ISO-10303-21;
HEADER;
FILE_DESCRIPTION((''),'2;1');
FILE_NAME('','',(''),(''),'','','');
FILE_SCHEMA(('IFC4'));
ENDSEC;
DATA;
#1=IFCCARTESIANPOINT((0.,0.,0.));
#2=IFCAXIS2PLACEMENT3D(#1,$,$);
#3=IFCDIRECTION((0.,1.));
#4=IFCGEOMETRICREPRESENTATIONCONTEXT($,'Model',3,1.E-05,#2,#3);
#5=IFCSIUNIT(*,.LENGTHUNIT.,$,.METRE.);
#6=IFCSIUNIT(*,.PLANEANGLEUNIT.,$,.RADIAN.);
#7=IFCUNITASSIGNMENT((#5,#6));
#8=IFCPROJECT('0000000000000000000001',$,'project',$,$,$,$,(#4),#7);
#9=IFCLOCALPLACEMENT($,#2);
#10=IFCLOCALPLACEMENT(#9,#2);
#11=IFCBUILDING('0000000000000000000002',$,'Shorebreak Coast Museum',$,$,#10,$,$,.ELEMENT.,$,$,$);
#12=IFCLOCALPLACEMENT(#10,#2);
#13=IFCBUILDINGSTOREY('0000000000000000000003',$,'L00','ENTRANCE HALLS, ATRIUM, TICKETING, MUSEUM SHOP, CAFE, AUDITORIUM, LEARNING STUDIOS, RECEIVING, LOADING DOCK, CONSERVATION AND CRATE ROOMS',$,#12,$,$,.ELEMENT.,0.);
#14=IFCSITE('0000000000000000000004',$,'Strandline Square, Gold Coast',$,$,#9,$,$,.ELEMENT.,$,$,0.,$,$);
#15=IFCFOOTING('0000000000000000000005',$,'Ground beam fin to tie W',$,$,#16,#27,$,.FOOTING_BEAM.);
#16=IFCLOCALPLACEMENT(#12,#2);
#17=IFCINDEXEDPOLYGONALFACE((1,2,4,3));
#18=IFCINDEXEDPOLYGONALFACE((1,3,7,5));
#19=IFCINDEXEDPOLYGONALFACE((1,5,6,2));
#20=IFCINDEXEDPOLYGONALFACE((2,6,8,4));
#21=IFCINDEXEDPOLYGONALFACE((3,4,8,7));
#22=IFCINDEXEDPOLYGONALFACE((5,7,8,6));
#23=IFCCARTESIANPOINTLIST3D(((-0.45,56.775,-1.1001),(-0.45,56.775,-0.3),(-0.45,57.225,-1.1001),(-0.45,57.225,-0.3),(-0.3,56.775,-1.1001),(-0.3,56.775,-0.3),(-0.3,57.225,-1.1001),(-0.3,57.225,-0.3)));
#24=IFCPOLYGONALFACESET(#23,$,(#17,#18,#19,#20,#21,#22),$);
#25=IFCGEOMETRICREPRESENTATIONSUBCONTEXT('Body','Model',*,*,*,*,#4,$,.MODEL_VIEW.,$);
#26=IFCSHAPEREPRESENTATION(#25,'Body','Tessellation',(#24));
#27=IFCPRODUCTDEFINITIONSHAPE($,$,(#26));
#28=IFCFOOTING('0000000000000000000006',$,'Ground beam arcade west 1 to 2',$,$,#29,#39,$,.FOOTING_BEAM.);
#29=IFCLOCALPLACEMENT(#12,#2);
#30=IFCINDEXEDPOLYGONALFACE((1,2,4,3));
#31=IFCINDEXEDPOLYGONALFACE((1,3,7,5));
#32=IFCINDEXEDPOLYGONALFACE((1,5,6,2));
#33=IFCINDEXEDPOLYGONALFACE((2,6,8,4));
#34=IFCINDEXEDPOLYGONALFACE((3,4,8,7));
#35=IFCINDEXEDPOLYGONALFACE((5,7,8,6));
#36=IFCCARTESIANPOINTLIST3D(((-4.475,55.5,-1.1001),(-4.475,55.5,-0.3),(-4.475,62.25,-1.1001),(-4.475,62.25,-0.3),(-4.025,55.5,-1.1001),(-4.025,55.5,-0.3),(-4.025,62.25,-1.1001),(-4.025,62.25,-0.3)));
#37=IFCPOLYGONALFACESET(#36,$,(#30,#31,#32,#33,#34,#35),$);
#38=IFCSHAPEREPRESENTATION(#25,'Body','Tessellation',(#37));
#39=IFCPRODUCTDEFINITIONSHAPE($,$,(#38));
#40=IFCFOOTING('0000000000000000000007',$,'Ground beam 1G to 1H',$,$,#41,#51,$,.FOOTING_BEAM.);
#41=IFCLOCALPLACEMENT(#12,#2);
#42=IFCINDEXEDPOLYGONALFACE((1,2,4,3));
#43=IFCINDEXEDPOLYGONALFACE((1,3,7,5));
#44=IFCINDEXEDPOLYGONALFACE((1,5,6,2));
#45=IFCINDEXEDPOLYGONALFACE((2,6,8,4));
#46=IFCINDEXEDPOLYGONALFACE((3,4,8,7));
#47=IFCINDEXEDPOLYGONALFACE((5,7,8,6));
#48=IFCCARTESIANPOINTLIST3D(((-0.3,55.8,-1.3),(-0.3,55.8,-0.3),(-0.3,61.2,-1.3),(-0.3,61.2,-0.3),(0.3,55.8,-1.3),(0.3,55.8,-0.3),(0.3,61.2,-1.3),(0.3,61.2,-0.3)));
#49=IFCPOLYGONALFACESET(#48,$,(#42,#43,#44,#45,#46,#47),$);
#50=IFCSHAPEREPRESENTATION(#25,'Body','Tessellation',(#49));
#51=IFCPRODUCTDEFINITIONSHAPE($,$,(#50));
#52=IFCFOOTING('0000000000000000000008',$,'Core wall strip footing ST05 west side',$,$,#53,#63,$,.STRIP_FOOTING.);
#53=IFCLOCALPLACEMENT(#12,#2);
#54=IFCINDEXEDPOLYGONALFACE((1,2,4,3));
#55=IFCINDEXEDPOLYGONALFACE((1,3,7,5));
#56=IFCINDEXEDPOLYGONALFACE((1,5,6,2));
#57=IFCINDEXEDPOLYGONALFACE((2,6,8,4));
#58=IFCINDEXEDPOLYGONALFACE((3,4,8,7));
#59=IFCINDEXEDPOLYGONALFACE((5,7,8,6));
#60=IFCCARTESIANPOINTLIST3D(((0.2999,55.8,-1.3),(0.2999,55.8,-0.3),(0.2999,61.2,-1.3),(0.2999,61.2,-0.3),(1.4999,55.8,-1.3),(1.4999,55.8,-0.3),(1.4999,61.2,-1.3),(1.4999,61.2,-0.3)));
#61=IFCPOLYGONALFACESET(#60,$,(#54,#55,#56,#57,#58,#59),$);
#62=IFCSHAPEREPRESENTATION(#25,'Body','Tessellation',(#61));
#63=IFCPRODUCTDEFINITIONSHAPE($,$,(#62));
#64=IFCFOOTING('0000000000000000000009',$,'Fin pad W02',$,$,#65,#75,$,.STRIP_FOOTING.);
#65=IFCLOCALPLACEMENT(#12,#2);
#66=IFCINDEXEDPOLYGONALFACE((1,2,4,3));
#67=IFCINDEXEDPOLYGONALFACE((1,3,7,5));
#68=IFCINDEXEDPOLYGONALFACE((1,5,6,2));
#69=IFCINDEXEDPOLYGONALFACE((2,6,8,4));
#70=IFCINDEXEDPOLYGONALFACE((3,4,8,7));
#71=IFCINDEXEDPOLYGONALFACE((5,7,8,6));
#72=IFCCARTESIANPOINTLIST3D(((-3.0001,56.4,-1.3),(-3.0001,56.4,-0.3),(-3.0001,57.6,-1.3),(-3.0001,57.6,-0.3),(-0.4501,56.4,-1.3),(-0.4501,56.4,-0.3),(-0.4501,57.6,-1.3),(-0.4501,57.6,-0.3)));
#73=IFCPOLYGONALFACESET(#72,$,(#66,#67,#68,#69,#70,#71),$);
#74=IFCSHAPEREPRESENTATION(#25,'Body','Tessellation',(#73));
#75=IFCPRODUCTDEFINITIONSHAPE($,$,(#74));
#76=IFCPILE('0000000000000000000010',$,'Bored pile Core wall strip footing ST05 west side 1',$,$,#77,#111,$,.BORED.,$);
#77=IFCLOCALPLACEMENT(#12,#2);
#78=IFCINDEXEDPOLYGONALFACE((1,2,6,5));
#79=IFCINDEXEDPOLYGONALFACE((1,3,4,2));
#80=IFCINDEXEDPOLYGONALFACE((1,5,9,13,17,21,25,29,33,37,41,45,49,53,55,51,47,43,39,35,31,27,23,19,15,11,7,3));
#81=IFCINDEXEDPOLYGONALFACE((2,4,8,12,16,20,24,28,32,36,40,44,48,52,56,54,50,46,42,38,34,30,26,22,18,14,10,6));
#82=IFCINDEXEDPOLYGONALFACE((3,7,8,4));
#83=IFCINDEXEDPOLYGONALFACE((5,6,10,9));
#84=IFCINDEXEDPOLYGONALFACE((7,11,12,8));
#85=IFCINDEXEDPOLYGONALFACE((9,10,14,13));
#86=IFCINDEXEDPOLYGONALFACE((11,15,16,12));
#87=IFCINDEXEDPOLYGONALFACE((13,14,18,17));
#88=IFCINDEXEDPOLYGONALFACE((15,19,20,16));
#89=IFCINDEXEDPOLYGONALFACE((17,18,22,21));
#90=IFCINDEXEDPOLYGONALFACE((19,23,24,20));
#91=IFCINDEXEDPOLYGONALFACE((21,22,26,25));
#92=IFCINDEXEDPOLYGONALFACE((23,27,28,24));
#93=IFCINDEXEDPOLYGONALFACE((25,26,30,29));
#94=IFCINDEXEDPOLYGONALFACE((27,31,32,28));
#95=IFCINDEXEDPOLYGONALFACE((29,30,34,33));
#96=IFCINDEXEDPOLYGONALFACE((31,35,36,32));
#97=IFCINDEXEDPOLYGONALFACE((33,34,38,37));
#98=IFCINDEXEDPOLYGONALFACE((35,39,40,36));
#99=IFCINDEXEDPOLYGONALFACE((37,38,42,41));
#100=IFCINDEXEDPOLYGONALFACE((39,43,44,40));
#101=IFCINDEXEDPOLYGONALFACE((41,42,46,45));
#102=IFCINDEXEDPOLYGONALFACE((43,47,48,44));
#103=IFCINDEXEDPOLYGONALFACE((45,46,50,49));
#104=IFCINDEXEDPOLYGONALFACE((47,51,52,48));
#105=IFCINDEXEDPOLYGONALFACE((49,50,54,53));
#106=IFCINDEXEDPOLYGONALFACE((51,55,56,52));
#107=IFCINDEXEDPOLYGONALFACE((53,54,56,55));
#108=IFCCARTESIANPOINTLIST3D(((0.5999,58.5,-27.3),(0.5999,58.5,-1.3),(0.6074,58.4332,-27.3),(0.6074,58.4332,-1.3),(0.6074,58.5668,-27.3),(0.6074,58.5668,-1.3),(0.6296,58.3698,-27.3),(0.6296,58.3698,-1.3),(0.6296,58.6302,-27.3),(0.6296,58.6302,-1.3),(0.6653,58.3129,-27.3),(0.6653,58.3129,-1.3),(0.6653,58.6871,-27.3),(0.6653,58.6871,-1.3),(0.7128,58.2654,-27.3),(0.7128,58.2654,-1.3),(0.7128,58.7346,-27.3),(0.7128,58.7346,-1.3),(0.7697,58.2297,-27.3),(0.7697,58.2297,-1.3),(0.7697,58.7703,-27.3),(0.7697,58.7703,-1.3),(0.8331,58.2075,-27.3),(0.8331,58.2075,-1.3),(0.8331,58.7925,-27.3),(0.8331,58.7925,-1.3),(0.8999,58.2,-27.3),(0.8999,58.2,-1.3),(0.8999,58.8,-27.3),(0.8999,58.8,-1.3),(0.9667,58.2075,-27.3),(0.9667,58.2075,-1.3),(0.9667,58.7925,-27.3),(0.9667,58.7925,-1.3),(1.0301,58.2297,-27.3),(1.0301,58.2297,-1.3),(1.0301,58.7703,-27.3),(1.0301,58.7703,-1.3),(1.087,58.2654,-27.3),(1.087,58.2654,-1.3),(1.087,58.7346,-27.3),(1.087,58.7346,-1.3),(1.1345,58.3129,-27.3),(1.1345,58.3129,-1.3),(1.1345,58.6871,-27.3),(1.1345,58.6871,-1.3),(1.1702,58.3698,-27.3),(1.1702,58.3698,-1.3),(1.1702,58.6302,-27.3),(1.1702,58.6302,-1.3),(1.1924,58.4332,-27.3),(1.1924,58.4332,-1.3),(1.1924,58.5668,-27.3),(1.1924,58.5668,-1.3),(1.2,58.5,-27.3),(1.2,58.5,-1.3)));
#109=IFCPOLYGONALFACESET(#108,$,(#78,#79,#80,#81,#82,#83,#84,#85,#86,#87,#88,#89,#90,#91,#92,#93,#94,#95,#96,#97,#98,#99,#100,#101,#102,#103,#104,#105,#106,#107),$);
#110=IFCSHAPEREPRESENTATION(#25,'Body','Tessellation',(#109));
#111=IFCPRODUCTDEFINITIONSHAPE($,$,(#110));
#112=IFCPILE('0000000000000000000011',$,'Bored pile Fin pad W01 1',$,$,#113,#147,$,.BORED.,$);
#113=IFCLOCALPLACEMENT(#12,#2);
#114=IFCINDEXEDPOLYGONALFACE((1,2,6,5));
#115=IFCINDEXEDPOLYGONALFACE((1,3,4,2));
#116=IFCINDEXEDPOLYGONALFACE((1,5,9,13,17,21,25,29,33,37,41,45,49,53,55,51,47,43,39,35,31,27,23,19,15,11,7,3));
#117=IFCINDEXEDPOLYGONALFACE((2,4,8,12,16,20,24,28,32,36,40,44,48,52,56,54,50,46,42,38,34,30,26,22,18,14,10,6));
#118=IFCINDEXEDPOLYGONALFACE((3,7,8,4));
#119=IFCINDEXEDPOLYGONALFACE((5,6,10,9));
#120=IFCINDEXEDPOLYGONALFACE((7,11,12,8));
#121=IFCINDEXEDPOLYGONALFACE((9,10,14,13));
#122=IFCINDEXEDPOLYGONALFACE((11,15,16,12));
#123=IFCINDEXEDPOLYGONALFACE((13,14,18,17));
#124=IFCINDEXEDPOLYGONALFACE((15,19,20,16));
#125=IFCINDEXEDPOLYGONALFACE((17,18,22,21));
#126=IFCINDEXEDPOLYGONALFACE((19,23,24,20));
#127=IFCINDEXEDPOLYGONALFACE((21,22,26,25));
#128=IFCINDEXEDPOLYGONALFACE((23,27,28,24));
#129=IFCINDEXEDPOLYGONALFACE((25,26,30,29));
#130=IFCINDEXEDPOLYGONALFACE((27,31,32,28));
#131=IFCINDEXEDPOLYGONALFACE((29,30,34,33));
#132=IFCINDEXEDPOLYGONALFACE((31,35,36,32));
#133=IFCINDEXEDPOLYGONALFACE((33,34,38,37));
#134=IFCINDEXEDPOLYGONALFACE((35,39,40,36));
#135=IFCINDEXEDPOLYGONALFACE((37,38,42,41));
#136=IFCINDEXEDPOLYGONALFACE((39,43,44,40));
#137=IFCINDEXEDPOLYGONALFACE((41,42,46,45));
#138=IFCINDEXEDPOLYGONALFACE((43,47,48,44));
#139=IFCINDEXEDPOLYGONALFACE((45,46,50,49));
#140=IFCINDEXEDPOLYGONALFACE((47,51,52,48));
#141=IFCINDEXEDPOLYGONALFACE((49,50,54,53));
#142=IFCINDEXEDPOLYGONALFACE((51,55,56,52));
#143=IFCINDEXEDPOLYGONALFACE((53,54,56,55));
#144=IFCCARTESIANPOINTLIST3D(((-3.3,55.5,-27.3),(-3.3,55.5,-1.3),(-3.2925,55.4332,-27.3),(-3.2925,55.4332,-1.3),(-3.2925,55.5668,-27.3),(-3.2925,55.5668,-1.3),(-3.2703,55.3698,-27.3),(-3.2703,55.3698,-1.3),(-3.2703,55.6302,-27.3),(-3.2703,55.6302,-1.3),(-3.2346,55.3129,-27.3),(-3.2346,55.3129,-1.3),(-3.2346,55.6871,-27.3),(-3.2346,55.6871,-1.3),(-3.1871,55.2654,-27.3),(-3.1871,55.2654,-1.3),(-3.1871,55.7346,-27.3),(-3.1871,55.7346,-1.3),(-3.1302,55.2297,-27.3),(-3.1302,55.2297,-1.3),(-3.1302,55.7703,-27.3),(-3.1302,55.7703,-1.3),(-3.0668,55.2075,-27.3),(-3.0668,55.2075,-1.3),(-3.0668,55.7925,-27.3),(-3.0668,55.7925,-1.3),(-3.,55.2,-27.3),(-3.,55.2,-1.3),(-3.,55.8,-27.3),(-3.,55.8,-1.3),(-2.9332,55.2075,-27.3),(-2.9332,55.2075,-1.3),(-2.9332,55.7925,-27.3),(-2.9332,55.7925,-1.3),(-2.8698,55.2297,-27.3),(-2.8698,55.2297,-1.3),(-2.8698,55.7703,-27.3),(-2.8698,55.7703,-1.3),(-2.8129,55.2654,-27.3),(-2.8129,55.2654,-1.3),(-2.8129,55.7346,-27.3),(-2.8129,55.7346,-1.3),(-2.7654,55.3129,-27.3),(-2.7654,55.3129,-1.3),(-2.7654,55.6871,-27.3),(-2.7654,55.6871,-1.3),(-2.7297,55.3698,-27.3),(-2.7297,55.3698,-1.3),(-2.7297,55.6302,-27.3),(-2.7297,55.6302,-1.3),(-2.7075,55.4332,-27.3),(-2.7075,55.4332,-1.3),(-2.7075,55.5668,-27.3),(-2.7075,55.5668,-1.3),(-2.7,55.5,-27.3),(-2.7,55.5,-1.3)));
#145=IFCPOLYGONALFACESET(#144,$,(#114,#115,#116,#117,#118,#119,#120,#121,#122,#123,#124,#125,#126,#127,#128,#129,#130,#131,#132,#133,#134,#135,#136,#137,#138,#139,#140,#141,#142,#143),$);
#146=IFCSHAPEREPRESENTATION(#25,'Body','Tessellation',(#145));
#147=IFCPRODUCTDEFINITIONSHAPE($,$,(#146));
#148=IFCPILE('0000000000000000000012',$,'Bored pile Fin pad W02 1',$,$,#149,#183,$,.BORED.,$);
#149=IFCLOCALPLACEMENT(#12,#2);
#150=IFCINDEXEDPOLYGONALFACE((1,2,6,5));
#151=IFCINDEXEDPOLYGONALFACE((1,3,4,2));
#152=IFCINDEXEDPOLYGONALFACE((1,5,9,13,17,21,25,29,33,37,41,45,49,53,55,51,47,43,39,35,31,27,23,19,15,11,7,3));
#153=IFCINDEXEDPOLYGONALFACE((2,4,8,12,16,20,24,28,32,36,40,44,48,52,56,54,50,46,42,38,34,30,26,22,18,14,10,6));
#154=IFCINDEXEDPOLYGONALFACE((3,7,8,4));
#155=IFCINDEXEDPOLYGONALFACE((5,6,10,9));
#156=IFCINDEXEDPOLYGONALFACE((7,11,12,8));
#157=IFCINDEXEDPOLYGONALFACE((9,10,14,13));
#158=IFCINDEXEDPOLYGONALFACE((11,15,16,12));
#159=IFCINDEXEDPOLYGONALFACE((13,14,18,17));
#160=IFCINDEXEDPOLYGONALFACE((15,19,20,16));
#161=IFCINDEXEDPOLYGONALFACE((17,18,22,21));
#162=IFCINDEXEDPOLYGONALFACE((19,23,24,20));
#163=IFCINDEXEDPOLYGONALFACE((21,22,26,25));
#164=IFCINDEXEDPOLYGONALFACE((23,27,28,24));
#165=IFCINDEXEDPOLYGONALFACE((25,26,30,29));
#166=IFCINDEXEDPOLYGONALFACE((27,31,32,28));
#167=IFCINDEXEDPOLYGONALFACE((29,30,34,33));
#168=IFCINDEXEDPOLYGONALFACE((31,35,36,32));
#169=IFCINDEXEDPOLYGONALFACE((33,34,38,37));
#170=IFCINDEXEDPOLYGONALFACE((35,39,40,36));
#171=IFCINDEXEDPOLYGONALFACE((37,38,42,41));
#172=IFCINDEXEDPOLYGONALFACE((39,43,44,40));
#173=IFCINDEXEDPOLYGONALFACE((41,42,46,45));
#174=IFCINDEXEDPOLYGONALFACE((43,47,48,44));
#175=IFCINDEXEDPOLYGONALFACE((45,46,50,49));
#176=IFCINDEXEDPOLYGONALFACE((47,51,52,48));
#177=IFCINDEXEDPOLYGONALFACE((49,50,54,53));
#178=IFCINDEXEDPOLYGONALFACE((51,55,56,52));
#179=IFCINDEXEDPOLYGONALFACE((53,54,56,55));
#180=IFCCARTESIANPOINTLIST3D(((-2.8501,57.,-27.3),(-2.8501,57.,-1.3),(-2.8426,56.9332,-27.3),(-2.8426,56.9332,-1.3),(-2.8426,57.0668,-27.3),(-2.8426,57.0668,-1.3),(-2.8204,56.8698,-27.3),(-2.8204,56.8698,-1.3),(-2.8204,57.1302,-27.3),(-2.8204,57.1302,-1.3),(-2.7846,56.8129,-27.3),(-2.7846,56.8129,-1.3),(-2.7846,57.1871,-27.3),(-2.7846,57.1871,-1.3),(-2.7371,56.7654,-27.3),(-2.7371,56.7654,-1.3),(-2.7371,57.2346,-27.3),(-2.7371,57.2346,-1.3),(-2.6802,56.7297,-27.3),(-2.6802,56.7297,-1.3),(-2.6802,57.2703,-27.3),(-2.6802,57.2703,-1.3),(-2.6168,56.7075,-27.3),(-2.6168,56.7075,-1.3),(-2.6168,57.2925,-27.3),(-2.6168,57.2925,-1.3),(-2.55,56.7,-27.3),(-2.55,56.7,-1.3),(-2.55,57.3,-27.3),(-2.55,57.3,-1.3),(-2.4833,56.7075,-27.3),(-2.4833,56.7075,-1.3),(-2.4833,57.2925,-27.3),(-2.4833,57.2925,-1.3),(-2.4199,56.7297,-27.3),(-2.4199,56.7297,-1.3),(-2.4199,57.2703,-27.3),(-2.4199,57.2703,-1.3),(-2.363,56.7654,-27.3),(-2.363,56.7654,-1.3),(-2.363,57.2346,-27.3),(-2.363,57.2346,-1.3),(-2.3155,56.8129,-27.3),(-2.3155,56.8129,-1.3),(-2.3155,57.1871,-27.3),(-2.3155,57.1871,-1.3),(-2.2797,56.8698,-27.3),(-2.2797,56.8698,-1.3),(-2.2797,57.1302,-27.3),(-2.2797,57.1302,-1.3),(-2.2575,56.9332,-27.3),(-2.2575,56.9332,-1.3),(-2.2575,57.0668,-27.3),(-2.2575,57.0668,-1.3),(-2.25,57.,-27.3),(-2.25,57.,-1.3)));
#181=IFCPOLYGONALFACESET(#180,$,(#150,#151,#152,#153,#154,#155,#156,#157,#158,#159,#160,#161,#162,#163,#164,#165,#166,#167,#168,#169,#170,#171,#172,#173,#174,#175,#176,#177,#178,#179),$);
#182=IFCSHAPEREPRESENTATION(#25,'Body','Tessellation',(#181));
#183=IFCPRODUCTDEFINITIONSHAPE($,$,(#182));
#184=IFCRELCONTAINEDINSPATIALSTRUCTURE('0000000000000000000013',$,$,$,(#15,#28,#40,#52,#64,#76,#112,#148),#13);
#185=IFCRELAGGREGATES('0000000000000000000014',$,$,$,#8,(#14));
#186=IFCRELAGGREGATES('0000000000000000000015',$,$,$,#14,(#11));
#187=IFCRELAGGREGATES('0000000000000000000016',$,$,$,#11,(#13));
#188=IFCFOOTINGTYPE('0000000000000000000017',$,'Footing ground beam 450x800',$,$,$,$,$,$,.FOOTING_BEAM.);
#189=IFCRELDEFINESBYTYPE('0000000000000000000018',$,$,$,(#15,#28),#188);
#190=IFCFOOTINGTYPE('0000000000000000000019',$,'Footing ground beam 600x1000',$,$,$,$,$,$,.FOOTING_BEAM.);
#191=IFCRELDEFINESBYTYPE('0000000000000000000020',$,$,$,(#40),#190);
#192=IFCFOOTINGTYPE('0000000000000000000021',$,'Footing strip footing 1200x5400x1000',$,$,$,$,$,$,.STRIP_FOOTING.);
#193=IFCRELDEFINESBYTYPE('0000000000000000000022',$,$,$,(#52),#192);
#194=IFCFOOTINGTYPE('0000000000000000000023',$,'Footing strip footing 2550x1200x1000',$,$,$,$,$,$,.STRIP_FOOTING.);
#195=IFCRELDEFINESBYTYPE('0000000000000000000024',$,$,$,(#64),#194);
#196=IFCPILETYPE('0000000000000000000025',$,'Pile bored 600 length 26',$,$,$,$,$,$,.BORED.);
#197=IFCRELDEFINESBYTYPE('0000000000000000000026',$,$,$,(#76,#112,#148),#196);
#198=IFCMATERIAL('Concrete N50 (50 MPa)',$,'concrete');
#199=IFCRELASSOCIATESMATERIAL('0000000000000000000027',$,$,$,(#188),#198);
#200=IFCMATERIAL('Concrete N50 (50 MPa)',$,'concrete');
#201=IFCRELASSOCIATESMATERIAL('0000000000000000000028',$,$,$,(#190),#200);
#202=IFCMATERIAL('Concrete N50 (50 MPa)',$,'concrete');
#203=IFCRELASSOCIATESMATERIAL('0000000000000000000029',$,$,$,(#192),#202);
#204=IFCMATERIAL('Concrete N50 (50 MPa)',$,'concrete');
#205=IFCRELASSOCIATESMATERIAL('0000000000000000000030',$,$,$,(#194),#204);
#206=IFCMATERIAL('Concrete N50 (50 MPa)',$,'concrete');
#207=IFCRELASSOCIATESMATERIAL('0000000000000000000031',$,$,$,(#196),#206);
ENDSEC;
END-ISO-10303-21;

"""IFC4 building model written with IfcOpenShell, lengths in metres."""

from ifc_helpers import new_model, si_unit, direction, frame, origin, origin_2d, place, context, subcontext, project, spatial, rectangle, circle, extrude, material, material_profile, profile_set, type_object, element, save


model = new_model("IFC4")

# Units and contexts
model_context = context("Model", 3, precision=1e-05, world=origin(), true_north=direction((0.0, 1.0)))
body_context = subcontext(model_context, "Body", "Model", "MODEL_VIEW")
ifc_project = project(units=[si_unit("LENGTHUNIT", "METRE"), si_unit("PLANEANGLEUNIT", "RADIAN")], contexts=[model_context])

# Site, building, storey
site_placement = place(None, origin())
site = spatial("IfcSite", under=ifc_project, at=site_placement, Name="Strandline Square, Gold Coast", CompositionType="ELEMENT", RefElevation=0.0)
building_placement = place(site_placement, origin())
building = spatial("IfcBuilding", under=site, at=building_placement, Name="Shorebreak Coast Museum", CompositionType="ELEMENT")
storey_placement = place(building_placement, origin())
storey = spatial("IfcBuildingStorey", under=building, at=storey_placement, Name="L00", Description="ENTRANCE HALLS, ATRIUM, TICKETING, MUSEUM SHOP, CAFE, AUDITORIUM, LEARNING STUDIOS, RECEIVING, LOADING DOCK, CONSERVATION AND CRATE ROOMS", CompositionType="ELEMENT", Elevation=0.0)

# Footings
ifc_material_1 = material(Name="Concrete N50 (50 MPa)", Category="concrete")
footing_type_1 = type_object("IfcFootingType", Name="Footing ground beam 450x800", PredefinedType="FOOTING_BEAM", material=ifc_material_1)
footing_1_placement = place(storey_placement, frame((-0.375, 57.0, -1.1001), z_axis=(0.0, 0.0, 1.0), x_axis=(1.0, 0.0, 0.0)))
element("IfcFooting", 1, at=footing_1_placement, inside=storey, type_object=footing_type_1, Name="Ground beam fin to tie W", PredefinedType="FOOTING_BEAM", context=body_context, shape_type="SweptSolid", body=[
    extrude(rectangle(XDim=0.1499, YDim=0.45, at=origin_2d()), origin(), (0.0, 0.0, 1.0), 0.8),
])
footing_2_placement = place(storey_placement, frame((-4.25, 58.875, -1.1001), z_axis=(0.0, 0.0, 1.0), x_axis=(1.0, 0.0, 0.0)))
element("IfcFooting", 2, at=footing_2_placement, inside=storey, type_object=footing_type_1, Name="Ground beam arcade west 1 to 2", PredefinedType="FOOTING_BEAM", context=body_context, shape_type="SweptSolid", body=[
    extrude(rectangle(XDim=0.45, YDim=6.75, at=origin_2d()), origin(), (0.0, 0.0, 1.0), 0.8),
])
ifc_material_2 = material(Name="Concrete N50 (50 MPa)", Category="concrete")
footing_type_2 = type_object("IfcFootingType", Name="Footing ground beam 600x1000", PredefinedType="FOOTING_BEAM", material=ifc_material_2)
footing_3_placement = place(storey_placement, frame((0.0, 58.5, -1.3), z_axis=(0.0, 0.0, 1.0), x_axis=(1.0, 0.0, 0.0)))
element("IfcFooting", 3, at=footing_3_placement, inside=storey, type_object=footing_type_2, Name="Ground beam 1G to 1H", PredefinedType="FOOTING_BEAM", context=body_context, shape_type="SweptSolid", body=[
    extrude(rectangle(XDim=0.6001, YDim=5.3999, at=origin_2d()), origin(), (0.0, 0.0, 1.0), 1.0),
])
ifc_material_3 = material(Name="Concrete N50 (50 MPa)", Category="concrete")
footing_type_3 = type_object("IfcFootingType", Name="Footing strip footing 1200x5400x1000", PredefinedType="STRIP_FOOTING", material=ifc_material_3)
footing_4_placement = place(storey_placement, frame((0.8999, 58.5, -1.3), z_axis=(0.0, 0.0, 1.0), x_axis=(1.0, 0.0, 0.0)))
element("IfcFooting", 4, at=footing_4_placement, inside=storey, type_object=footing_type_3, Name="Core wall strip footing ST05 west side", PredefinedType="STRIP_FOOTING", context=body_context, shape_type="SweptSolid", body=[
    extrude(rectangle(XDim=1.2, YDim=5.3999, at=origin_2d()), origin(), (0.0, 0.0, 1.0), 1.0),
])
ifc_material_4 = material(Name="Concrete N50 (50 MPa)", Category="concrete")
footing_type_4 = type_object("IfcFootingType", Name="Footing strip footing 2550x1200x1000", PredefinedType="STRIP_FOOTING", material=ifc_material_4)
footing_5_placement = place(storey_placement, frame((-1.7251, 57.0, -1.3), z_axis=(0.0, 0.0, 1.0), x_axis=(1.0, 0.0, 0.0)))
element("IfcFooting", 5, at=footing_5_placement, inside=storey, type_object=footing_type_4, Name="Fin pad W02", PredefinedType="STRIP_FOOTING", context=body_context, shape_type="SweptSolid", body=[
    extrude(rectangle(XDim=2.55, YDim=1.2, at=origin_2d()), origin(), (0.0, 0.0, 1.0), 1.0),
])

# Piles
ifc_material_5 = material(Name="Concrete N50 (50 MPa)", Category="concrete")
ifc_material_profile_1 = material_profile(ifc_material_5, circle(Radius=0.3, at=origin_2d()), Name="Pile bored 600 length 26")
ifc_profile_set_1 = profile_set([ifc_material_profile_1], Name="Concrete N50 (50 MPa)")
pile_type_1 = type_object("IfcPileType", Name="Pile bored 600 length 26", PredefinedType="BORED", material=ifc_profile_set_1)
for number, where, z_axis, x_axis, name in (
    (6, (0.8999, 58.5, -1.3), (0.0, 0.0, -1.0), (1.0, 0.0, 0.0), "Bored pile Core wall strip footing ST05 west side 1"),
    (7, (-3.0, 55.5, -1.3), (0.0, 0.0, -1.0), (1.0, 0.0, 0.0), "Bored pile Fin pad W01 1"),
    (8, (-2.55, 57.0, -1.3), (0.0, 0.0, -1.0), (1.0, 0.0, 0.0), "Bored pile Fin pad W02 1"),
):
    element("IfcPile", number, at=place(storey_placement, frame(where, z_axis=z_axis, x_axis=x_axis)), inside=storey, type_object=pile_type_1, Name=name, PredefinedType="BORED", context=body_context, shape_type="SweptSolid", body=[
        extrude(circle(Radius=0.3, at=origin_2d()), origin(), (0.0, 0.0, 1.0), 26.0),
    ])

save(model, "model.ifc")
